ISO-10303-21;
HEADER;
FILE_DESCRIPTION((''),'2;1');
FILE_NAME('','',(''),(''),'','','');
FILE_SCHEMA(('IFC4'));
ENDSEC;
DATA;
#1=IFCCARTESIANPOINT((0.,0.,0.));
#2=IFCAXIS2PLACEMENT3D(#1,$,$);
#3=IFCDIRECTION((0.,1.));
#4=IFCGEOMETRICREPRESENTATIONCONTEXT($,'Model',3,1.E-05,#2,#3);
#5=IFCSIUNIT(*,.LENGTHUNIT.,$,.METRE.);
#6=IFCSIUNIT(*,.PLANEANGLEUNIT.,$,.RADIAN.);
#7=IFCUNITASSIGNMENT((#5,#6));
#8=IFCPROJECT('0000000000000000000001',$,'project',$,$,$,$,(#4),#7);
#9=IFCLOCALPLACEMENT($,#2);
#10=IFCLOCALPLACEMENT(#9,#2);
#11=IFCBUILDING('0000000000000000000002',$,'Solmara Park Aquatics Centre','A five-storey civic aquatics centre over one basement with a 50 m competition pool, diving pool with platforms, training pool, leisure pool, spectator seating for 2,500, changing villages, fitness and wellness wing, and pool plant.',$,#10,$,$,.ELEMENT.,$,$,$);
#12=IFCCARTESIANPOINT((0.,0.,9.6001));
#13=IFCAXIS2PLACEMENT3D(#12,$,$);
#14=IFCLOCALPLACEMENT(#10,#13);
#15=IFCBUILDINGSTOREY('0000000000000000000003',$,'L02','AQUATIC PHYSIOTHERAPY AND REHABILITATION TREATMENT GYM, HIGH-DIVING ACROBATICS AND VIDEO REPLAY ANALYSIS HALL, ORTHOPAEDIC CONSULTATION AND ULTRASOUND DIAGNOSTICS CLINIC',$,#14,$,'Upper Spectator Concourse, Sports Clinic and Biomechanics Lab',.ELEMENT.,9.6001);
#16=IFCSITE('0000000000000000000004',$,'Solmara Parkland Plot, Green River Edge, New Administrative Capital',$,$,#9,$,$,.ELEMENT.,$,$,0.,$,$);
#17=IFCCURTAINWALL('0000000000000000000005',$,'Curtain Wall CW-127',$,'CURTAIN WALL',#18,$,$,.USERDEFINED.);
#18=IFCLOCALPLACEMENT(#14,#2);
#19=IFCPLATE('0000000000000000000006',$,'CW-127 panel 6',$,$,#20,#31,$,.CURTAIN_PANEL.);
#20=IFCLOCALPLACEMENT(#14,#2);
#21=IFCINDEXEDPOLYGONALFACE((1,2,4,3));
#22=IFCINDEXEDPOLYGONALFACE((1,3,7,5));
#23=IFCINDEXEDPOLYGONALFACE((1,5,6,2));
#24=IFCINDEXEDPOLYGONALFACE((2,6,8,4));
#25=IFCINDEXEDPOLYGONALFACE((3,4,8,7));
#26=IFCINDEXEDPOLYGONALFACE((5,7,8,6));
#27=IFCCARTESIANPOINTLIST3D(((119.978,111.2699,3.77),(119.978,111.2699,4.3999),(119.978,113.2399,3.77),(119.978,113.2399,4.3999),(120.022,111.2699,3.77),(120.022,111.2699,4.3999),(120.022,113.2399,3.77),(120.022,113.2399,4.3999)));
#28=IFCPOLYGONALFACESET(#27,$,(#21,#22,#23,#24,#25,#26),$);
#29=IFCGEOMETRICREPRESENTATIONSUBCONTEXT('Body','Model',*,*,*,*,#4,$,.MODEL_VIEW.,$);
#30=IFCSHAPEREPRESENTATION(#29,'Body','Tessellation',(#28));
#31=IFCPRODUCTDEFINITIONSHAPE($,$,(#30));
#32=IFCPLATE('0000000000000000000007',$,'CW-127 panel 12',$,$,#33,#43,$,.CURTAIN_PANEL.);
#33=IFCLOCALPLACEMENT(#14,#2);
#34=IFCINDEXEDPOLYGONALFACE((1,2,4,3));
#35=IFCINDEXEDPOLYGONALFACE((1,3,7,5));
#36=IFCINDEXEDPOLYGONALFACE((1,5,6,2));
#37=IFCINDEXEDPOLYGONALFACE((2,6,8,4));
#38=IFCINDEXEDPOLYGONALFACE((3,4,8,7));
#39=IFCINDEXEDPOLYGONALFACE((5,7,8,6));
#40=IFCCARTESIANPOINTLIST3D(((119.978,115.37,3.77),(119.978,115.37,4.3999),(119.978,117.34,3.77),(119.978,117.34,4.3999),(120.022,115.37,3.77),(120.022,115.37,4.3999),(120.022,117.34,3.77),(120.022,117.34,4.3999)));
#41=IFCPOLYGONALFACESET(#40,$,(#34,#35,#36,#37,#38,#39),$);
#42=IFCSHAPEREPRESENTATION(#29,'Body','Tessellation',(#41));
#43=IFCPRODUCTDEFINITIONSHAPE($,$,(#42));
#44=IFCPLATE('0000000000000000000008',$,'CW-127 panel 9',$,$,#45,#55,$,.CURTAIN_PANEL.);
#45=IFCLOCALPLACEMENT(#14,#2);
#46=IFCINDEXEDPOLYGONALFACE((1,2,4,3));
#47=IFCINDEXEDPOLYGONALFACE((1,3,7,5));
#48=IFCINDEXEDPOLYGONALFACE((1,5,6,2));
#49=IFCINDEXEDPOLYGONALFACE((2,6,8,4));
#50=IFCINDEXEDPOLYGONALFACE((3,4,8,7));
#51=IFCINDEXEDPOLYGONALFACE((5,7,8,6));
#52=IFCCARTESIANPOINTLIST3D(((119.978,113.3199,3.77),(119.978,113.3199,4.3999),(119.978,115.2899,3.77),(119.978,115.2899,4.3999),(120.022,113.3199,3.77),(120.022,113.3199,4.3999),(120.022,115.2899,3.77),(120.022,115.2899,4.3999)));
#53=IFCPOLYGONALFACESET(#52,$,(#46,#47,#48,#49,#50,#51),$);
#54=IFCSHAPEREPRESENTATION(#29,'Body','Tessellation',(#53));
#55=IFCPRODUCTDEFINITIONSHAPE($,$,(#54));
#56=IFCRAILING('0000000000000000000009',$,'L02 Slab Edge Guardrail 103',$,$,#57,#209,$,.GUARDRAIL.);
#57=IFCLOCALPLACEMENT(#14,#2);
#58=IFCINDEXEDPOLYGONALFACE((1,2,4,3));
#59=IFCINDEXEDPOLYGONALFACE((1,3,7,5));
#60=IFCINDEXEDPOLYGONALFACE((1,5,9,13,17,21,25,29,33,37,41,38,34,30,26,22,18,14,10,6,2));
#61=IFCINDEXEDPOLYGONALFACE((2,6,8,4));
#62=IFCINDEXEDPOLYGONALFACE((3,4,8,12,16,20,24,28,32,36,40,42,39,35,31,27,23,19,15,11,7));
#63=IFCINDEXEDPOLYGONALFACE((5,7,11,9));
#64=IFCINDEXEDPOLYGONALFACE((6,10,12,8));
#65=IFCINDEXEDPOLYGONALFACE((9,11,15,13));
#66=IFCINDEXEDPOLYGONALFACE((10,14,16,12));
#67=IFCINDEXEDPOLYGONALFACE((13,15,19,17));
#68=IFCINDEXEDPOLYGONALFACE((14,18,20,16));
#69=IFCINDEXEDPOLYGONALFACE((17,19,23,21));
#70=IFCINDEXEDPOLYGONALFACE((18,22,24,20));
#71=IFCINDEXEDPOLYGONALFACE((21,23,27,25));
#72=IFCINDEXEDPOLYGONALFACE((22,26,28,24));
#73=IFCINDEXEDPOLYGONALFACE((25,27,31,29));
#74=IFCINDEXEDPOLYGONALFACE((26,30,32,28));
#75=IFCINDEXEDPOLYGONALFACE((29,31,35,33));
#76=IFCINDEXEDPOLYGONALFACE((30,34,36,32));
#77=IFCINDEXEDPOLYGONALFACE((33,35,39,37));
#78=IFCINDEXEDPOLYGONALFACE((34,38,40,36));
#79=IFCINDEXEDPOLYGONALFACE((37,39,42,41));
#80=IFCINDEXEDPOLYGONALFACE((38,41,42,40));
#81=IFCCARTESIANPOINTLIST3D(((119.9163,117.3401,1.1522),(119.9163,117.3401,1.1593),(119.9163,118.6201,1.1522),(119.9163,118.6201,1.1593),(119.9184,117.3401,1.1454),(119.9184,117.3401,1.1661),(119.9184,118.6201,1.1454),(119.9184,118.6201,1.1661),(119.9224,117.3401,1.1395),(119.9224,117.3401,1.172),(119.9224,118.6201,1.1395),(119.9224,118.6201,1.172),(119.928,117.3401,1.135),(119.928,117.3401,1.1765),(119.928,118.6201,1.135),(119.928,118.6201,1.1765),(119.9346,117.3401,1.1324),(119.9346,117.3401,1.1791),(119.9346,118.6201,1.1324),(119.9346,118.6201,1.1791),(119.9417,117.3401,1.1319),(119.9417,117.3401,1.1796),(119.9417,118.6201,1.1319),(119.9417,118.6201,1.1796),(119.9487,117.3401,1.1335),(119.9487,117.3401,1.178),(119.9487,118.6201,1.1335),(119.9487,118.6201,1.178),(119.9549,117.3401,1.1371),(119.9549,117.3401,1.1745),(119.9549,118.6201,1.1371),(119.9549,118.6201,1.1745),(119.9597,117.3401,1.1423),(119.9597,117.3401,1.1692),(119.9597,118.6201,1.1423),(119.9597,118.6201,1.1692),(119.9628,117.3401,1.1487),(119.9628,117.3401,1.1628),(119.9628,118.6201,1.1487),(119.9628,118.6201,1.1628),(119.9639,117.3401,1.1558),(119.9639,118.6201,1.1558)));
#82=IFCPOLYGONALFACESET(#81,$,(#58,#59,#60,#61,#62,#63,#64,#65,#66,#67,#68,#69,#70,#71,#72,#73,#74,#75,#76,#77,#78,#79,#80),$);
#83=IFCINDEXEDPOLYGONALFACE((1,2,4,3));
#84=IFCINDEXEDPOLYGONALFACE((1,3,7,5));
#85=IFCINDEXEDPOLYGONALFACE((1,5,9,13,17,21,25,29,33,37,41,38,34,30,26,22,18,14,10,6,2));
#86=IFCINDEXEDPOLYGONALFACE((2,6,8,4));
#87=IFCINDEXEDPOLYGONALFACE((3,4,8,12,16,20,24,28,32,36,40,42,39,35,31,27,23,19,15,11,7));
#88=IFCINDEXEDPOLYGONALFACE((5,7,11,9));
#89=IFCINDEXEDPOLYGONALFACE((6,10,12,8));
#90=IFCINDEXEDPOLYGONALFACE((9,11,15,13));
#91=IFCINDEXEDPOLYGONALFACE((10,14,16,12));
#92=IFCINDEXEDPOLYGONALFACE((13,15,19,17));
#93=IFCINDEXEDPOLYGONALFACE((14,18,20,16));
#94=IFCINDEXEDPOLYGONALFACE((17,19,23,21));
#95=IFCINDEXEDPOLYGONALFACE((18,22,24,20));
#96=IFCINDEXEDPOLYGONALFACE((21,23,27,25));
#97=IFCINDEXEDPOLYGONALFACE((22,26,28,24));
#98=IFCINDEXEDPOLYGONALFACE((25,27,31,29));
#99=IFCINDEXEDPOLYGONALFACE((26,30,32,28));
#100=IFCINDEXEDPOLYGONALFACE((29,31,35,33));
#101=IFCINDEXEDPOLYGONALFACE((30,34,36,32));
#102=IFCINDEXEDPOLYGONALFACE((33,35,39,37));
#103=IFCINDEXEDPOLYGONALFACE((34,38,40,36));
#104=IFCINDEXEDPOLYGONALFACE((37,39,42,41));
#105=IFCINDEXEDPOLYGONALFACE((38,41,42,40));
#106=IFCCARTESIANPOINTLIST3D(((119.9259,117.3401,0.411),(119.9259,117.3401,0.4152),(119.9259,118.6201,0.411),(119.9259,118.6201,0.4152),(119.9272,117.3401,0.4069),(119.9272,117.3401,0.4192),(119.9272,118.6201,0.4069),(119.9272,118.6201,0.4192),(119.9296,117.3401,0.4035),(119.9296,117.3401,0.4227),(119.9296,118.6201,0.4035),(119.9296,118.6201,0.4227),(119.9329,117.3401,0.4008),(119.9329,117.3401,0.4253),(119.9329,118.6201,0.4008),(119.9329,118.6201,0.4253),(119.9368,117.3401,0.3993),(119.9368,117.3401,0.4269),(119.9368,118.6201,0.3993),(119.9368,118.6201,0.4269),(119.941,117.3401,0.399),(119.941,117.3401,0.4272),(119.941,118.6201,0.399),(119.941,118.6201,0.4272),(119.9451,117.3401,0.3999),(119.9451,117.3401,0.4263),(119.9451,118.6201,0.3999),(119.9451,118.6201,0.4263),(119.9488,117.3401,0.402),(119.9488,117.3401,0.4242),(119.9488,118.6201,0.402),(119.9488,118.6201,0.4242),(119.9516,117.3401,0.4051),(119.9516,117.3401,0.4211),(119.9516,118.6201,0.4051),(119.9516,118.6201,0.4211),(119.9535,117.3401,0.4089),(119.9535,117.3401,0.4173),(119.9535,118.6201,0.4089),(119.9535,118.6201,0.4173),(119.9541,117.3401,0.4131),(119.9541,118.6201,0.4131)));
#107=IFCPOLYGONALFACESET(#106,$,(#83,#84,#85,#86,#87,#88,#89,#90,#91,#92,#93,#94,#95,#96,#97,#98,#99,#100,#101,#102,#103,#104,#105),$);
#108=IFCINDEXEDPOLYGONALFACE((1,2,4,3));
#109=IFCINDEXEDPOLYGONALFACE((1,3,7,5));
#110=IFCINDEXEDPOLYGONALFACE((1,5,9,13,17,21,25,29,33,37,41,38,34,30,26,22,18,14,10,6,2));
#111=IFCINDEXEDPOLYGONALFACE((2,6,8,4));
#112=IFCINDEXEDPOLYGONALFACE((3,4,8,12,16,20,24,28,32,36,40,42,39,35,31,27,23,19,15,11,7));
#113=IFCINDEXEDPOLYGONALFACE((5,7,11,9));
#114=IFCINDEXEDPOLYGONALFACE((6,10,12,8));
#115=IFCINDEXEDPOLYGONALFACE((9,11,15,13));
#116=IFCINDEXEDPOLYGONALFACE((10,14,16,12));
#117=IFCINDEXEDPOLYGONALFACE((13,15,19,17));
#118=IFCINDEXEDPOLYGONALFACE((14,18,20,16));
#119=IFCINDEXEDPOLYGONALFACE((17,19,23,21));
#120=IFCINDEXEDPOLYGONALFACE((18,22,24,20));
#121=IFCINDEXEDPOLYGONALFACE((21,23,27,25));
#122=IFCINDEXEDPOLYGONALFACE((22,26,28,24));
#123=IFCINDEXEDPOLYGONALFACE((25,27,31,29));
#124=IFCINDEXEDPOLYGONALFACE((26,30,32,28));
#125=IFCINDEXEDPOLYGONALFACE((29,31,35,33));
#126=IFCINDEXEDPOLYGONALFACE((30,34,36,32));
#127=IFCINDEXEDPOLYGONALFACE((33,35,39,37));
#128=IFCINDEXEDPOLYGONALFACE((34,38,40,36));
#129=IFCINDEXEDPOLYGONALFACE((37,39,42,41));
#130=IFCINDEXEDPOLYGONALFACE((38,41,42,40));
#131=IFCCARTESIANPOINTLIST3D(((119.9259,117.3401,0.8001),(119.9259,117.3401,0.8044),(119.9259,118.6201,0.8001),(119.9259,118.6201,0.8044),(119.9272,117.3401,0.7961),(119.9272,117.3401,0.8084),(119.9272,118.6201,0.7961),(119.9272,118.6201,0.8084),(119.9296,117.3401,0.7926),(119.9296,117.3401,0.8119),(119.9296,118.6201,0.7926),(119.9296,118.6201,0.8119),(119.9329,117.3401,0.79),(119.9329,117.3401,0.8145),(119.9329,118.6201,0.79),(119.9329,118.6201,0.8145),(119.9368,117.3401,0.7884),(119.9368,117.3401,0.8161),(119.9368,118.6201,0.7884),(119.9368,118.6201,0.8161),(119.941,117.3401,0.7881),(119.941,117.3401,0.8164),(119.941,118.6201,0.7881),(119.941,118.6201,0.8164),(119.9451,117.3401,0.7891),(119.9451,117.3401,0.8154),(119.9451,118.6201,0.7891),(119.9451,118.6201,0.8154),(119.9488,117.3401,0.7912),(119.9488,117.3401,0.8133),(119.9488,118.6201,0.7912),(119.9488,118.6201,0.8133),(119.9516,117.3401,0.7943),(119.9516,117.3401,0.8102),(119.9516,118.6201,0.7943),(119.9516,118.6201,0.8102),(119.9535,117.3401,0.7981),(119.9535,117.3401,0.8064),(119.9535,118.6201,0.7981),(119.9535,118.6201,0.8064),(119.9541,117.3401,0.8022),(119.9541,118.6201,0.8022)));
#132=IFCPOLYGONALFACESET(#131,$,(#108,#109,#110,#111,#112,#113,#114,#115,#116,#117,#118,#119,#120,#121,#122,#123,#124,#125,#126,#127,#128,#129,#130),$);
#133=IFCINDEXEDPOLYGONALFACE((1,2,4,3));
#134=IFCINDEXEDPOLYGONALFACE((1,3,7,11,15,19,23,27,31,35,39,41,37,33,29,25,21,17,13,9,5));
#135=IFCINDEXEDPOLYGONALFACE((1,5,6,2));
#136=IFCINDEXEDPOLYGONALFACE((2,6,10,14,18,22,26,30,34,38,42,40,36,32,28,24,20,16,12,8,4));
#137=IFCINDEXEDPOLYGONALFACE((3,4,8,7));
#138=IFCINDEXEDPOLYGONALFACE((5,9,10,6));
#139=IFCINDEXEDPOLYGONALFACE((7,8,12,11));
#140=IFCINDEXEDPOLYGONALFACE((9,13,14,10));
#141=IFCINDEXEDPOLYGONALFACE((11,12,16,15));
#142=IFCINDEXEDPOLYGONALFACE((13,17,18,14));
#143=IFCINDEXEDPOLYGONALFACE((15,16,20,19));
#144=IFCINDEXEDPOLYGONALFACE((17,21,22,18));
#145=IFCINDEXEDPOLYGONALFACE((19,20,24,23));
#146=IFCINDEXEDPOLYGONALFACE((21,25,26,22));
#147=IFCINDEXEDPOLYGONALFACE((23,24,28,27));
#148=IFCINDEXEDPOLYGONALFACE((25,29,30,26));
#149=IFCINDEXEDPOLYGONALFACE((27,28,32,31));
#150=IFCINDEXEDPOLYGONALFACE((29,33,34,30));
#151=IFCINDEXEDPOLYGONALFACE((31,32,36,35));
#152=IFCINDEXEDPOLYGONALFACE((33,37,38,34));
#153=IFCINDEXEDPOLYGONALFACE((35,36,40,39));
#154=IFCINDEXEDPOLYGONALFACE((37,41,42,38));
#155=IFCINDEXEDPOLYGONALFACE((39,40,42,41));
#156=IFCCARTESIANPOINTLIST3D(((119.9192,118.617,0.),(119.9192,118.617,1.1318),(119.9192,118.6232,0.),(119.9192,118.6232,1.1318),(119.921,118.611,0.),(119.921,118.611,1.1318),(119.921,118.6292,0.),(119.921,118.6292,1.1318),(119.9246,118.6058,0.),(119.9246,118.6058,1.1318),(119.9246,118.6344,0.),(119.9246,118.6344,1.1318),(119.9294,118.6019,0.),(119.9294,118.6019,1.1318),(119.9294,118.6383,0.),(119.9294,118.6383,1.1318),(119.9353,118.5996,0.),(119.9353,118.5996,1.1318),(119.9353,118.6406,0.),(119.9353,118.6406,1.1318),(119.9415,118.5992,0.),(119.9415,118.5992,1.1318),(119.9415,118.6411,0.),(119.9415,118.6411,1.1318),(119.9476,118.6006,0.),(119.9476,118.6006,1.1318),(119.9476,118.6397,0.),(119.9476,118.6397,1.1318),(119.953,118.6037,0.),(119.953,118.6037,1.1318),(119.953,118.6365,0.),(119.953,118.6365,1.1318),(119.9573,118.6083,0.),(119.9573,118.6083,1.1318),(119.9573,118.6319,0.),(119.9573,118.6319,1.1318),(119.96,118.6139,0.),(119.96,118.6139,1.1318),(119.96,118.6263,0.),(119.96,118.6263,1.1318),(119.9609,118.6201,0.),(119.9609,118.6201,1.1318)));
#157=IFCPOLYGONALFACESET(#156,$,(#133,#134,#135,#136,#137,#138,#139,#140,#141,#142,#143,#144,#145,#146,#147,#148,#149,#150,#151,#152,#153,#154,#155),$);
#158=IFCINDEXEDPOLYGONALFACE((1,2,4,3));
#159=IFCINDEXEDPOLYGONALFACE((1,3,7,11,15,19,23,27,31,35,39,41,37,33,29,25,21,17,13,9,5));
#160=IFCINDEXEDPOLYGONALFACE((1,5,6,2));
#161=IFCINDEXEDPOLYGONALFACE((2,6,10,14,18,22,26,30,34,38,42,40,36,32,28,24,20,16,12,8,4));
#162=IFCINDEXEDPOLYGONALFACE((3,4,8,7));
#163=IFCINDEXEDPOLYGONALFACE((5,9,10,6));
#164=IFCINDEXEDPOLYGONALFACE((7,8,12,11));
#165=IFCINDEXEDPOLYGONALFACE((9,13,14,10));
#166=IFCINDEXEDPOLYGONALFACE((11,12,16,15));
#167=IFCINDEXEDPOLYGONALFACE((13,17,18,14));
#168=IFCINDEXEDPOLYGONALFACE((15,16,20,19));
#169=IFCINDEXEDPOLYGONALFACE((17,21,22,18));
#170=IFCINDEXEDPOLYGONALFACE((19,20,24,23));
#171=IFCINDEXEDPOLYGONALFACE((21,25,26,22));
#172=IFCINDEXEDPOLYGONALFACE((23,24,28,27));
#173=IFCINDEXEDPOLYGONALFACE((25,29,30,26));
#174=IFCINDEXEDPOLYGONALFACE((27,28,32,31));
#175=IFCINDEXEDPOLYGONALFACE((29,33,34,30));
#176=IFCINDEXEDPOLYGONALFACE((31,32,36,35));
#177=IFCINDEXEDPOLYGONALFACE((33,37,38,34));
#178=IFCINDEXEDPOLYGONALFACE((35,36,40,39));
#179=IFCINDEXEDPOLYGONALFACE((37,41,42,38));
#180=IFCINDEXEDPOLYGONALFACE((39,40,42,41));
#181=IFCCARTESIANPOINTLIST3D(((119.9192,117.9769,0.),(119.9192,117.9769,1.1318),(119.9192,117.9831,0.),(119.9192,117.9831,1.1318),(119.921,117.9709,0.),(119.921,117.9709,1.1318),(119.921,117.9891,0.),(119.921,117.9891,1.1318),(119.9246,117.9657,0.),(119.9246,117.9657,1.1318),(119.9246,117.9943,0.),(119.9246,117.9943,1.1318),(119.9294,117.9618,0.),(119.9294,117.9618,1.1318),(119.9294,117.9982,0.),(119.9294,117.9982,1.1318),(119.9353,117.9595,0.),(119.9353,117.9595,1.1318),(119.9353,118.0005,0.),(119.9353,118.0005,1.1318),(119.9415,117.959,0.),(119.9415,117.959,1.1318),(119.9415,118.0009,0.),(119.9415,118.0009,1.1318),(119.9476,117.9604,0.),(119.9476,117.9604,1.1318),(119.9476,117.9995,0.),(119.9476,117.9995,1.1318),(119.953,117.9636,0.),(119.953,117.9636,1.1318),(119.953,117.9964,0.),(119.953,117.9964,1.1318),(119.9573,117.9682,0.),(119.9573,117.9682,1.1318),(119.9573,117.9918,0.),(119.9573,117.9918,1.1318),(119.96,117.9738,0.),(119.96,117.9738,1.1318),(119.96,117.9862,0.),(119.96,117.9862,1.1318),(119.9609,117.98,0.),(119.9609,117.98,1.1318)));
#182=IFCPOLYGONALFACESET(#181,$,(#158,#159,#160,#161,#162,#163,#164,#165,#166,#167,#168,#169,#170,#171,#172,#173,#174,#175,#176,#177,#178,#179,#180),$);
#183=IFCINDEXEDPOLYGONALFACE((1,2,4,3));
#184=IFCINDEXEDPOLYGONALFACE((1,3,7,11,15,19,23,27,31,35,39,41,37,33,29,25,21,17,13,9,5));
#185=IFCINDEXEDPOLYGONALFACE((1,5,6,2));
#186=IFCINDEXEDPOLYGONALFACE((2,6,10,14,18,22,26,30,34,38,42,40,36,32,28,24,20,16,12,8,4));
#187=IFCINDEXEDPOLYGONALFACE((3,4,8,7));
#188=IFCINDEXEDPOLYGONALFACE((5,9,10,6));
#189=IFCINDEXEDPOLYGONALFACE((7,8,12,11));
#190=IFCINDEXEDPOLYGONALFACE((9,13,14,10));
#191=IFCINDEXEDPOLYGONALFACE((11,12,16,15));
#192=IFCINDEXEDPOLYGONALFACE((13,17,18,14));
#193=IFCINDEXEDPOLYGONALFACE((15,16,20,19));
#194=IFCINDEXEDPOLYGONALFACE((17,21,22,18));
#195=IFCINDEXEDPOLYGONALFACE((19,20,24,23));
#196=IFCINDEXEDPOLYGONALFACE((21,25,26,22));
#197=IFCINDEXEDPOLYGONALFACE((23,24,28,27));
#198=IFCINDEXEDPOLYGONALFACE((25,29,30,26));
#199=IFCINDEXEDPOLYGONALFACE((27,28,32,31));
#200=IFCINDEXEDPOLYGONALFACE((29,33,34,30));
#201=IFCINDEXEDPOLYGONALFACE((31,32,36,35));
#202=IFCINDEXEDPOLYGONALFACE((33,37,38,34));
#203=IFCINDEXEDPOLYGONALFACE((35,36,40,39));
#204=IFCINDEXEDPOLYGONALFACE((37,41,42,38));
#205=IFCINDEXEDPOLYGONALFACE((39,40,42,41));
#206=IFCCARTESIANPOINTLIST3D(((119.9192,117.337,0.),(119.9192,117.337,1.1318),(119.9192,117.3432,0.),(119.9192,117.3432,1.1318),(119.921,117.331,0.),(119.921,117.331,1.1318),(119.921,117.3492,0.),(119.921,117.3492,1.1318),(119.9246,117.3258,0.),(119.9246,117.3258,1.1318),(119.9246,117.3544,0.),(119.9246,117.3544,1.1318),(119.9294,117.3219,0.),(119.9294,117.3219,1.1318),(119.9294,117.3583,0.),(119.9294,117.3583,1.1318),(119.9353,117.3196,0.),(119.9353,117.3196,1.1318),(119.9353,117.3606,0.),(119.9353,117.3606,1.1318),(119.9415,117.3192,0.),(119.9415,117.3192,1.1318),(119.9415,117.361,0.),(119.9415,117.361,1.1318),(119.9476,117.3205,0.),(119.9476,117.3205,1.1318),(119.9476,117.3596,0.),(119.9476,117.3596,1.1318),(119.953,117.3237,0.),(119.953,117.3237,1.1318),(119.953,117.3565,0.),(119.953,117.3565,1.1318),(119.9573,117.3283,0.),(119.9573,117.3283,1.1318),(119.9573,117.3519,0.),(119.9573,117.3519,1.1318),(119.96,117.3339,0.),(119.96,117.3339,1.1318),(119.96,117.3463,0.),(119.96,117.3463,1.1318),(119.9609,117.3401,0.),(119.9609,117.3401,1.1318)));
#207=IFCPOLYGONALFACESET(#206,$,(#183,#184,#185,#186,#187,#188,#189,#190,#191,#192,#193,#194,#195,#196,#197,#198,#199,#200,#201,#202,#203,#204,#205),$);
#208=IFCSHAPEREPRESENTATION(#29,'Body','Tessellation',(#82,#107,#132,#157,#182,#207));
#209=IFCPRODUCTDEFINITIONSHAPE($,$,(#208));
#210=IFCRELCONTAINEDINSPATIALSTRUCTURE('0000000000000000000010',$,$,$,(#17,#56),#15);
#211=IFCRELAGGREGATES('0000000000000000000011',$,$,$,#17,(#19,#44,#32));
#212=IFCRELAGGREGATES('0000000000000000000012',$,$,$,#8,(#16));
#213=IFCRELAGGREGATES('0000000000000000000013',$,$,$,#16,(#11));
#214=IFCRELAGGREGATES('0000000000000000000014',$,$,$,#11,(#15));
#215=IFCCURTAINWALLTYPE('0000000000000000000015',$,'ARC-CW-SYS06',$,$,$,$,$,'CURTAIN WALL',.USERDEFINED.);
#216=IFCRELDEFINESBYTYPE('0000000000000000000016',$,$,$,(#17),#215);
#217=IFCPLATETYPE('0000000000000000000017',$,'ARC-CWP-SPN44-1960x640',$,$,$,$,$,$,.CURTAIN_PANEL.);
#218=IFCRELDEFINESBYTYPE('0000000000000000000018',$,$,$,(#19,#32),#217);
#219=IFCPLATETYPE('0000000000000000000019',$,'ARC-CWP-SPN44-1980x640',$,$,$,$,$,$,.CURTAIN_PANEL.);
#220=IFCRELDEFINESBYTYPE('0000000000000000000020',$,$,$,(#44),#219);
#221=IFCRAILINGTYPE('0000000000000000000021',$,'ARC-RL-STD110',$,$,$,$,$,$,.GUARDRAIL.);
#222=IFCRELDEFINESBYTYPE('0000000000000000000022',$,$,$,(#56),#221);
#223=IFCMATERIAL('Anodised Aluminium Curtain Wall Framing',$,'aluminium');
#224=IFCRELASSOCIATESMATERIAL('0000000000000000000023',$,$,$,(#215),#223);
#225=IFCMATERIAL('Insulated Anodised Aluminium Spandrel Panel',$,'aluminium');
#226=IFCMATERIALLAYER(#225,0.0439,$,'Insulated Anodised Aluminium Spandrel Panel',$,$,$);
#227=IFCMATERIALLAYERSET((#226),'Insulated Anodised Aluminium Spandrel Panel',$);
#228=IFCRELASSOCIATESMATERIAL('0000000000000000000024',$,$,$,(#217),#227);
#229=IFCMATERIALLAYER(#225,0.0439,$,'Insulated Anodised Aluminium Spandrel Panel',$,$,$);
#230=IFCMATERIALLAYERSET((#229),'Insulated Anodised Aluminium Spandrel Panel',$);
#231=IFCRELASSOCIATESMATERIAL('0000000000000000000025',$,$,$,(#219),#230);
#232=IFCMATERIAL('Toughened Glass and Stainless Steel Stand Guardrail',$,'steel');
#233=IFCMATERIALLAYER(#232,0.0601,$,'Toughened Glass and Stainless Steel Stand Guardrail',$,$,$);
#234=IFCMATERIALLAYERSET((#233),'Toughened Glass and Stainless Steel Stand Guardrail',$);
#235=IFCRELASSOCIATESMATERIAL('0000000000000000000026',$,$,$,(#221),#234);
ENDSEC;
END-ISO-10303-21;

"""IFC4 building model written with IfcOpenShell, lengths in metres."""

from ifc_helpers import new_model, si_unit, direction, frame, origin, origin_2d, place, context, subcontext, project, spatial, rectangle, circle, extrude, material, layer, layer_set, type_object, element, aggregate, save


model = new_model("IFC4")

# Units and contexts
model_context = context("Model", 3, precision=1e-05, world=origin(), true_north=direction((0.0, 1.0)))
body_context = subcontext(model_context, "Body", "Model", "MODEL_VIEW")
ifc_project = project(units=[si_unit("LENGTHUNIT", "METRE"), si_unit("PLANEANGLEUNIT", "RADIAN")], contexts=[model_context])

# Site, building, storey
site_placement = place(None, origin())
site = spatial("IfcSite", under=ifc_project, at=site_placement, Name="Solmara Parkland Plot, Green River Edge, New Administrative Capital", CompositionType="ELEMENT", RefElevation=0.0)
building_placement = place(site_placement, origin())
building = spatial("IfcBuilding", under=site, at=building_placement, Name="Solmara Park Aquatics Centre", Description="A five-storey civic aquatics centre over one basement with a 50 m competition pool, diving pool with platforms, training pool, leisure pool, spectator seating for 2,500, changing villages, fitness and wellness wing, and pool plant.", CompositionType="ELEMENT")
storey_placement = place(building_placement, frame((0.0, 0.0, 9.6001)))
storey = spatial("IfcBuildingStorey", under=building, at=storey_placement, Name="L02", Description="AQUATIC PHYSIOTHERAPY AND REHABILITATION TREATMENT GYM, HIGH-DIVING ACROBATICS AND VIDEO REPLAY ANALYSIS HALL, ORTHOPAEDIC CONSULTATION AND ULTRASOUND DIAGNOSTICS CLINIC", LongName="Upper Spectator Concourse, Sports Clinic and Biomechanics Lab", CompositionType="ELEMENT", Elevation=9.6001)

# Curtain wall
ifc_material_1 = material(Name="Anodised Aluminium Curtain Wall Framing", Category="aluminium")
curtain_wall_type = type_object("IfcCurtainWallType", Name="ARC-CW-SYS06", ElementType="CURTAIN WALL", PredefinedType="USERDEFINED", material=ifc_material_1)
curtain_wall_1_placement = place(storey_placement, origin())
curtain_wall_1 = element("IfcCurtainWall", 1, at=curtain_wall_1_placement, inside=storey, type_object=curtain_wall_type, Name="Curtain Wall CW-127", ObjectType="CURTAIN WALL", PredefinedType="USERDEFINED")

# Plates
ifc_material_2 = material(Name="Insulated Anodised Aluminium Spandrel Panel", Category="aluminium")
ifc_layer_1 = layer(ifc_material_2, 0.0439, Name="Insulated Anodised Aluminium Spandrel Panel")
ifc_layer_set_1 = layer_set([ifc_layer_1], Name="Insulated Anodised Aluminium Spandrel Panel")
plate_type_1 = type_object("IfcPlateType", Name="ARC-CWP-SPN44-1960x640", PredefinedType="CURTAIN_PANEL", material=ifc_layer_set_1)
plate_1_placement = place(storey_placement, frame((120.0, 112.2549, 3.77), z_axis=(0.0, 0.0, 1.0), x_axis=(0.0, 1.0, 0.0)))
plate_1 = element("IfcPlate", 2, at=plate_1_placement, type_object=plate_type_1, Name="CW-127 panel 6", PredefinedType="CURTAIN_PANEL", context=body_context, shape_type="SweptSolid", body=[
    extrude(rectangle(XDim=1.97, YDim=0.0439, at=origin_2d()), origin(), (0.0, 0.0, 1.0), 0.6299),
])
plate_2_placement = place(storey_placement, frame((120.0, 116.355, 3.77), z_axis=(0.0, 0.0, 1.0), x_axis=(0.0, 1.0, 0.0)))
plate_2 = element("IfcPlate", 3, at=plate_2_placement, type_object=plate_type_1, Name="CW-127 panel 12", PredefinedType="CURTAIN_PANEL", context=body_context, shape_type="SweptSolid", body=[
    extrude(rectangle(XDim=1.97, YDim=0.0439, at=origin_2d()), origin(), (0.0, 0.0, 1.0), 0.6299),
])
ifc_layer_2 = layer(ifc_material_2, 0.0439, Name="Insulated Anodised Aluminium Spandrel Panel")
ifc_layer_set_2 = layer_set([ifc_layer_2], Name="Insulated Anodised Aluminium Spandrel Panel")
plate_type_2 = type_object("IfcPlateType", Name="ARC-CWP-SPN44-1980x640", PredefinedType="CURTAIN_PANEL", material=ifc_layer_set_2)
plate_3_placement = place(storey_placement, frame((120.0, 114.3049, 3.77), z_axis=(0.0, 0.0, 1.0), x_axis=(0.0, 1.0, 0.0)))
plate_3 = element("IfcPlate", 4, at=plate_3_placement, type_object=plate_type_2, Name="CW-127 panel 9", PredefinedType="CURTAIN_PANEL", context=body_context, shape_type="SweptSolid", body=[
    extrude(rectangle(XDim=1.97, YDim=0.0439, at=origin_2d()), origin(), (0.0, 0.0, 1.0), 0.6299),
])
aggregate(curtain_wall_1, [plate_1, plate_3, plate_2])

# Railing
ifc_material_3 = material(Name="Toughened Glass and Stainless Steel Stand Guardrail", Category="steel")
ifc_layer_3 = layer(ifc_material_3, 0.0601, Name="Toughened Glass and Stainless Steel Stand Guardrail")
ifc_layer_set_3 = layer_set([ifc_layer_3], Name="Toughened Glass and Stainless Steel Stand Guardrail")
railing_type = type_object("IfcRailingType", Name="ARC-RL-STD110", PredefinedType="GUARDRAIL", material=ifc_layer_set_3)
railing_placement = place(storey_placement, frame((119.9399, 118.6201, 0.0)))
element("IfcRailing", 5, at=railing_placement, inside=storey, type_object=railing_type, Name="L02 Slab Edge Guardrail 103", PredefinedType="GUARDRAIL", context=body_context, shape_type="SweptSolid", body=[
    extrude(circle(Radius=0.0239, at=origin_2d()), frame((0.0, 0.0, 1.1558), z_axis=(0.0, -1.0, 0.0), x_axis=(1.0, 0.0, 0.0)), (0.0, 0.0, 1.0), 1.28),
    extrude(circle(Radius=0.0142, at=origin_2d()), frame((0.0, 0.0, 0.4131), z_axis=(0.0, -1.0, 0.0), x_axis=(1.0, 0.0, 0.0)), (0.0, 0.0, 1.0), 1.28),
    extrude(circle(Radius=0.0142, at=origin_2d()), frame((0.0, 0.0, 0.8022), z_axis=(0.0, -1.0, 0.0), x_axis=(1.0, 0.0, 0.0)), (0.0, 0.0, 1.0), 1.28),
    extrude(circle(Radius=0.021, at=origin_2d()), origin(), (0.0, 0.0, 1.0), 1.1318),
    extrude(circle(Radius=0.021, at=origin_2d()), frame((0.0, -0.6401, 0.0)), (0.0, 0.0, 1.0), 1.1318),
    extrude(circle(Radius=0.021, at=origin_2d()), frame((0.0, -1.28, 0.0)), (0.0, 0.0, 1.0), 1.1318),
])

save(model, "model.ifc")
